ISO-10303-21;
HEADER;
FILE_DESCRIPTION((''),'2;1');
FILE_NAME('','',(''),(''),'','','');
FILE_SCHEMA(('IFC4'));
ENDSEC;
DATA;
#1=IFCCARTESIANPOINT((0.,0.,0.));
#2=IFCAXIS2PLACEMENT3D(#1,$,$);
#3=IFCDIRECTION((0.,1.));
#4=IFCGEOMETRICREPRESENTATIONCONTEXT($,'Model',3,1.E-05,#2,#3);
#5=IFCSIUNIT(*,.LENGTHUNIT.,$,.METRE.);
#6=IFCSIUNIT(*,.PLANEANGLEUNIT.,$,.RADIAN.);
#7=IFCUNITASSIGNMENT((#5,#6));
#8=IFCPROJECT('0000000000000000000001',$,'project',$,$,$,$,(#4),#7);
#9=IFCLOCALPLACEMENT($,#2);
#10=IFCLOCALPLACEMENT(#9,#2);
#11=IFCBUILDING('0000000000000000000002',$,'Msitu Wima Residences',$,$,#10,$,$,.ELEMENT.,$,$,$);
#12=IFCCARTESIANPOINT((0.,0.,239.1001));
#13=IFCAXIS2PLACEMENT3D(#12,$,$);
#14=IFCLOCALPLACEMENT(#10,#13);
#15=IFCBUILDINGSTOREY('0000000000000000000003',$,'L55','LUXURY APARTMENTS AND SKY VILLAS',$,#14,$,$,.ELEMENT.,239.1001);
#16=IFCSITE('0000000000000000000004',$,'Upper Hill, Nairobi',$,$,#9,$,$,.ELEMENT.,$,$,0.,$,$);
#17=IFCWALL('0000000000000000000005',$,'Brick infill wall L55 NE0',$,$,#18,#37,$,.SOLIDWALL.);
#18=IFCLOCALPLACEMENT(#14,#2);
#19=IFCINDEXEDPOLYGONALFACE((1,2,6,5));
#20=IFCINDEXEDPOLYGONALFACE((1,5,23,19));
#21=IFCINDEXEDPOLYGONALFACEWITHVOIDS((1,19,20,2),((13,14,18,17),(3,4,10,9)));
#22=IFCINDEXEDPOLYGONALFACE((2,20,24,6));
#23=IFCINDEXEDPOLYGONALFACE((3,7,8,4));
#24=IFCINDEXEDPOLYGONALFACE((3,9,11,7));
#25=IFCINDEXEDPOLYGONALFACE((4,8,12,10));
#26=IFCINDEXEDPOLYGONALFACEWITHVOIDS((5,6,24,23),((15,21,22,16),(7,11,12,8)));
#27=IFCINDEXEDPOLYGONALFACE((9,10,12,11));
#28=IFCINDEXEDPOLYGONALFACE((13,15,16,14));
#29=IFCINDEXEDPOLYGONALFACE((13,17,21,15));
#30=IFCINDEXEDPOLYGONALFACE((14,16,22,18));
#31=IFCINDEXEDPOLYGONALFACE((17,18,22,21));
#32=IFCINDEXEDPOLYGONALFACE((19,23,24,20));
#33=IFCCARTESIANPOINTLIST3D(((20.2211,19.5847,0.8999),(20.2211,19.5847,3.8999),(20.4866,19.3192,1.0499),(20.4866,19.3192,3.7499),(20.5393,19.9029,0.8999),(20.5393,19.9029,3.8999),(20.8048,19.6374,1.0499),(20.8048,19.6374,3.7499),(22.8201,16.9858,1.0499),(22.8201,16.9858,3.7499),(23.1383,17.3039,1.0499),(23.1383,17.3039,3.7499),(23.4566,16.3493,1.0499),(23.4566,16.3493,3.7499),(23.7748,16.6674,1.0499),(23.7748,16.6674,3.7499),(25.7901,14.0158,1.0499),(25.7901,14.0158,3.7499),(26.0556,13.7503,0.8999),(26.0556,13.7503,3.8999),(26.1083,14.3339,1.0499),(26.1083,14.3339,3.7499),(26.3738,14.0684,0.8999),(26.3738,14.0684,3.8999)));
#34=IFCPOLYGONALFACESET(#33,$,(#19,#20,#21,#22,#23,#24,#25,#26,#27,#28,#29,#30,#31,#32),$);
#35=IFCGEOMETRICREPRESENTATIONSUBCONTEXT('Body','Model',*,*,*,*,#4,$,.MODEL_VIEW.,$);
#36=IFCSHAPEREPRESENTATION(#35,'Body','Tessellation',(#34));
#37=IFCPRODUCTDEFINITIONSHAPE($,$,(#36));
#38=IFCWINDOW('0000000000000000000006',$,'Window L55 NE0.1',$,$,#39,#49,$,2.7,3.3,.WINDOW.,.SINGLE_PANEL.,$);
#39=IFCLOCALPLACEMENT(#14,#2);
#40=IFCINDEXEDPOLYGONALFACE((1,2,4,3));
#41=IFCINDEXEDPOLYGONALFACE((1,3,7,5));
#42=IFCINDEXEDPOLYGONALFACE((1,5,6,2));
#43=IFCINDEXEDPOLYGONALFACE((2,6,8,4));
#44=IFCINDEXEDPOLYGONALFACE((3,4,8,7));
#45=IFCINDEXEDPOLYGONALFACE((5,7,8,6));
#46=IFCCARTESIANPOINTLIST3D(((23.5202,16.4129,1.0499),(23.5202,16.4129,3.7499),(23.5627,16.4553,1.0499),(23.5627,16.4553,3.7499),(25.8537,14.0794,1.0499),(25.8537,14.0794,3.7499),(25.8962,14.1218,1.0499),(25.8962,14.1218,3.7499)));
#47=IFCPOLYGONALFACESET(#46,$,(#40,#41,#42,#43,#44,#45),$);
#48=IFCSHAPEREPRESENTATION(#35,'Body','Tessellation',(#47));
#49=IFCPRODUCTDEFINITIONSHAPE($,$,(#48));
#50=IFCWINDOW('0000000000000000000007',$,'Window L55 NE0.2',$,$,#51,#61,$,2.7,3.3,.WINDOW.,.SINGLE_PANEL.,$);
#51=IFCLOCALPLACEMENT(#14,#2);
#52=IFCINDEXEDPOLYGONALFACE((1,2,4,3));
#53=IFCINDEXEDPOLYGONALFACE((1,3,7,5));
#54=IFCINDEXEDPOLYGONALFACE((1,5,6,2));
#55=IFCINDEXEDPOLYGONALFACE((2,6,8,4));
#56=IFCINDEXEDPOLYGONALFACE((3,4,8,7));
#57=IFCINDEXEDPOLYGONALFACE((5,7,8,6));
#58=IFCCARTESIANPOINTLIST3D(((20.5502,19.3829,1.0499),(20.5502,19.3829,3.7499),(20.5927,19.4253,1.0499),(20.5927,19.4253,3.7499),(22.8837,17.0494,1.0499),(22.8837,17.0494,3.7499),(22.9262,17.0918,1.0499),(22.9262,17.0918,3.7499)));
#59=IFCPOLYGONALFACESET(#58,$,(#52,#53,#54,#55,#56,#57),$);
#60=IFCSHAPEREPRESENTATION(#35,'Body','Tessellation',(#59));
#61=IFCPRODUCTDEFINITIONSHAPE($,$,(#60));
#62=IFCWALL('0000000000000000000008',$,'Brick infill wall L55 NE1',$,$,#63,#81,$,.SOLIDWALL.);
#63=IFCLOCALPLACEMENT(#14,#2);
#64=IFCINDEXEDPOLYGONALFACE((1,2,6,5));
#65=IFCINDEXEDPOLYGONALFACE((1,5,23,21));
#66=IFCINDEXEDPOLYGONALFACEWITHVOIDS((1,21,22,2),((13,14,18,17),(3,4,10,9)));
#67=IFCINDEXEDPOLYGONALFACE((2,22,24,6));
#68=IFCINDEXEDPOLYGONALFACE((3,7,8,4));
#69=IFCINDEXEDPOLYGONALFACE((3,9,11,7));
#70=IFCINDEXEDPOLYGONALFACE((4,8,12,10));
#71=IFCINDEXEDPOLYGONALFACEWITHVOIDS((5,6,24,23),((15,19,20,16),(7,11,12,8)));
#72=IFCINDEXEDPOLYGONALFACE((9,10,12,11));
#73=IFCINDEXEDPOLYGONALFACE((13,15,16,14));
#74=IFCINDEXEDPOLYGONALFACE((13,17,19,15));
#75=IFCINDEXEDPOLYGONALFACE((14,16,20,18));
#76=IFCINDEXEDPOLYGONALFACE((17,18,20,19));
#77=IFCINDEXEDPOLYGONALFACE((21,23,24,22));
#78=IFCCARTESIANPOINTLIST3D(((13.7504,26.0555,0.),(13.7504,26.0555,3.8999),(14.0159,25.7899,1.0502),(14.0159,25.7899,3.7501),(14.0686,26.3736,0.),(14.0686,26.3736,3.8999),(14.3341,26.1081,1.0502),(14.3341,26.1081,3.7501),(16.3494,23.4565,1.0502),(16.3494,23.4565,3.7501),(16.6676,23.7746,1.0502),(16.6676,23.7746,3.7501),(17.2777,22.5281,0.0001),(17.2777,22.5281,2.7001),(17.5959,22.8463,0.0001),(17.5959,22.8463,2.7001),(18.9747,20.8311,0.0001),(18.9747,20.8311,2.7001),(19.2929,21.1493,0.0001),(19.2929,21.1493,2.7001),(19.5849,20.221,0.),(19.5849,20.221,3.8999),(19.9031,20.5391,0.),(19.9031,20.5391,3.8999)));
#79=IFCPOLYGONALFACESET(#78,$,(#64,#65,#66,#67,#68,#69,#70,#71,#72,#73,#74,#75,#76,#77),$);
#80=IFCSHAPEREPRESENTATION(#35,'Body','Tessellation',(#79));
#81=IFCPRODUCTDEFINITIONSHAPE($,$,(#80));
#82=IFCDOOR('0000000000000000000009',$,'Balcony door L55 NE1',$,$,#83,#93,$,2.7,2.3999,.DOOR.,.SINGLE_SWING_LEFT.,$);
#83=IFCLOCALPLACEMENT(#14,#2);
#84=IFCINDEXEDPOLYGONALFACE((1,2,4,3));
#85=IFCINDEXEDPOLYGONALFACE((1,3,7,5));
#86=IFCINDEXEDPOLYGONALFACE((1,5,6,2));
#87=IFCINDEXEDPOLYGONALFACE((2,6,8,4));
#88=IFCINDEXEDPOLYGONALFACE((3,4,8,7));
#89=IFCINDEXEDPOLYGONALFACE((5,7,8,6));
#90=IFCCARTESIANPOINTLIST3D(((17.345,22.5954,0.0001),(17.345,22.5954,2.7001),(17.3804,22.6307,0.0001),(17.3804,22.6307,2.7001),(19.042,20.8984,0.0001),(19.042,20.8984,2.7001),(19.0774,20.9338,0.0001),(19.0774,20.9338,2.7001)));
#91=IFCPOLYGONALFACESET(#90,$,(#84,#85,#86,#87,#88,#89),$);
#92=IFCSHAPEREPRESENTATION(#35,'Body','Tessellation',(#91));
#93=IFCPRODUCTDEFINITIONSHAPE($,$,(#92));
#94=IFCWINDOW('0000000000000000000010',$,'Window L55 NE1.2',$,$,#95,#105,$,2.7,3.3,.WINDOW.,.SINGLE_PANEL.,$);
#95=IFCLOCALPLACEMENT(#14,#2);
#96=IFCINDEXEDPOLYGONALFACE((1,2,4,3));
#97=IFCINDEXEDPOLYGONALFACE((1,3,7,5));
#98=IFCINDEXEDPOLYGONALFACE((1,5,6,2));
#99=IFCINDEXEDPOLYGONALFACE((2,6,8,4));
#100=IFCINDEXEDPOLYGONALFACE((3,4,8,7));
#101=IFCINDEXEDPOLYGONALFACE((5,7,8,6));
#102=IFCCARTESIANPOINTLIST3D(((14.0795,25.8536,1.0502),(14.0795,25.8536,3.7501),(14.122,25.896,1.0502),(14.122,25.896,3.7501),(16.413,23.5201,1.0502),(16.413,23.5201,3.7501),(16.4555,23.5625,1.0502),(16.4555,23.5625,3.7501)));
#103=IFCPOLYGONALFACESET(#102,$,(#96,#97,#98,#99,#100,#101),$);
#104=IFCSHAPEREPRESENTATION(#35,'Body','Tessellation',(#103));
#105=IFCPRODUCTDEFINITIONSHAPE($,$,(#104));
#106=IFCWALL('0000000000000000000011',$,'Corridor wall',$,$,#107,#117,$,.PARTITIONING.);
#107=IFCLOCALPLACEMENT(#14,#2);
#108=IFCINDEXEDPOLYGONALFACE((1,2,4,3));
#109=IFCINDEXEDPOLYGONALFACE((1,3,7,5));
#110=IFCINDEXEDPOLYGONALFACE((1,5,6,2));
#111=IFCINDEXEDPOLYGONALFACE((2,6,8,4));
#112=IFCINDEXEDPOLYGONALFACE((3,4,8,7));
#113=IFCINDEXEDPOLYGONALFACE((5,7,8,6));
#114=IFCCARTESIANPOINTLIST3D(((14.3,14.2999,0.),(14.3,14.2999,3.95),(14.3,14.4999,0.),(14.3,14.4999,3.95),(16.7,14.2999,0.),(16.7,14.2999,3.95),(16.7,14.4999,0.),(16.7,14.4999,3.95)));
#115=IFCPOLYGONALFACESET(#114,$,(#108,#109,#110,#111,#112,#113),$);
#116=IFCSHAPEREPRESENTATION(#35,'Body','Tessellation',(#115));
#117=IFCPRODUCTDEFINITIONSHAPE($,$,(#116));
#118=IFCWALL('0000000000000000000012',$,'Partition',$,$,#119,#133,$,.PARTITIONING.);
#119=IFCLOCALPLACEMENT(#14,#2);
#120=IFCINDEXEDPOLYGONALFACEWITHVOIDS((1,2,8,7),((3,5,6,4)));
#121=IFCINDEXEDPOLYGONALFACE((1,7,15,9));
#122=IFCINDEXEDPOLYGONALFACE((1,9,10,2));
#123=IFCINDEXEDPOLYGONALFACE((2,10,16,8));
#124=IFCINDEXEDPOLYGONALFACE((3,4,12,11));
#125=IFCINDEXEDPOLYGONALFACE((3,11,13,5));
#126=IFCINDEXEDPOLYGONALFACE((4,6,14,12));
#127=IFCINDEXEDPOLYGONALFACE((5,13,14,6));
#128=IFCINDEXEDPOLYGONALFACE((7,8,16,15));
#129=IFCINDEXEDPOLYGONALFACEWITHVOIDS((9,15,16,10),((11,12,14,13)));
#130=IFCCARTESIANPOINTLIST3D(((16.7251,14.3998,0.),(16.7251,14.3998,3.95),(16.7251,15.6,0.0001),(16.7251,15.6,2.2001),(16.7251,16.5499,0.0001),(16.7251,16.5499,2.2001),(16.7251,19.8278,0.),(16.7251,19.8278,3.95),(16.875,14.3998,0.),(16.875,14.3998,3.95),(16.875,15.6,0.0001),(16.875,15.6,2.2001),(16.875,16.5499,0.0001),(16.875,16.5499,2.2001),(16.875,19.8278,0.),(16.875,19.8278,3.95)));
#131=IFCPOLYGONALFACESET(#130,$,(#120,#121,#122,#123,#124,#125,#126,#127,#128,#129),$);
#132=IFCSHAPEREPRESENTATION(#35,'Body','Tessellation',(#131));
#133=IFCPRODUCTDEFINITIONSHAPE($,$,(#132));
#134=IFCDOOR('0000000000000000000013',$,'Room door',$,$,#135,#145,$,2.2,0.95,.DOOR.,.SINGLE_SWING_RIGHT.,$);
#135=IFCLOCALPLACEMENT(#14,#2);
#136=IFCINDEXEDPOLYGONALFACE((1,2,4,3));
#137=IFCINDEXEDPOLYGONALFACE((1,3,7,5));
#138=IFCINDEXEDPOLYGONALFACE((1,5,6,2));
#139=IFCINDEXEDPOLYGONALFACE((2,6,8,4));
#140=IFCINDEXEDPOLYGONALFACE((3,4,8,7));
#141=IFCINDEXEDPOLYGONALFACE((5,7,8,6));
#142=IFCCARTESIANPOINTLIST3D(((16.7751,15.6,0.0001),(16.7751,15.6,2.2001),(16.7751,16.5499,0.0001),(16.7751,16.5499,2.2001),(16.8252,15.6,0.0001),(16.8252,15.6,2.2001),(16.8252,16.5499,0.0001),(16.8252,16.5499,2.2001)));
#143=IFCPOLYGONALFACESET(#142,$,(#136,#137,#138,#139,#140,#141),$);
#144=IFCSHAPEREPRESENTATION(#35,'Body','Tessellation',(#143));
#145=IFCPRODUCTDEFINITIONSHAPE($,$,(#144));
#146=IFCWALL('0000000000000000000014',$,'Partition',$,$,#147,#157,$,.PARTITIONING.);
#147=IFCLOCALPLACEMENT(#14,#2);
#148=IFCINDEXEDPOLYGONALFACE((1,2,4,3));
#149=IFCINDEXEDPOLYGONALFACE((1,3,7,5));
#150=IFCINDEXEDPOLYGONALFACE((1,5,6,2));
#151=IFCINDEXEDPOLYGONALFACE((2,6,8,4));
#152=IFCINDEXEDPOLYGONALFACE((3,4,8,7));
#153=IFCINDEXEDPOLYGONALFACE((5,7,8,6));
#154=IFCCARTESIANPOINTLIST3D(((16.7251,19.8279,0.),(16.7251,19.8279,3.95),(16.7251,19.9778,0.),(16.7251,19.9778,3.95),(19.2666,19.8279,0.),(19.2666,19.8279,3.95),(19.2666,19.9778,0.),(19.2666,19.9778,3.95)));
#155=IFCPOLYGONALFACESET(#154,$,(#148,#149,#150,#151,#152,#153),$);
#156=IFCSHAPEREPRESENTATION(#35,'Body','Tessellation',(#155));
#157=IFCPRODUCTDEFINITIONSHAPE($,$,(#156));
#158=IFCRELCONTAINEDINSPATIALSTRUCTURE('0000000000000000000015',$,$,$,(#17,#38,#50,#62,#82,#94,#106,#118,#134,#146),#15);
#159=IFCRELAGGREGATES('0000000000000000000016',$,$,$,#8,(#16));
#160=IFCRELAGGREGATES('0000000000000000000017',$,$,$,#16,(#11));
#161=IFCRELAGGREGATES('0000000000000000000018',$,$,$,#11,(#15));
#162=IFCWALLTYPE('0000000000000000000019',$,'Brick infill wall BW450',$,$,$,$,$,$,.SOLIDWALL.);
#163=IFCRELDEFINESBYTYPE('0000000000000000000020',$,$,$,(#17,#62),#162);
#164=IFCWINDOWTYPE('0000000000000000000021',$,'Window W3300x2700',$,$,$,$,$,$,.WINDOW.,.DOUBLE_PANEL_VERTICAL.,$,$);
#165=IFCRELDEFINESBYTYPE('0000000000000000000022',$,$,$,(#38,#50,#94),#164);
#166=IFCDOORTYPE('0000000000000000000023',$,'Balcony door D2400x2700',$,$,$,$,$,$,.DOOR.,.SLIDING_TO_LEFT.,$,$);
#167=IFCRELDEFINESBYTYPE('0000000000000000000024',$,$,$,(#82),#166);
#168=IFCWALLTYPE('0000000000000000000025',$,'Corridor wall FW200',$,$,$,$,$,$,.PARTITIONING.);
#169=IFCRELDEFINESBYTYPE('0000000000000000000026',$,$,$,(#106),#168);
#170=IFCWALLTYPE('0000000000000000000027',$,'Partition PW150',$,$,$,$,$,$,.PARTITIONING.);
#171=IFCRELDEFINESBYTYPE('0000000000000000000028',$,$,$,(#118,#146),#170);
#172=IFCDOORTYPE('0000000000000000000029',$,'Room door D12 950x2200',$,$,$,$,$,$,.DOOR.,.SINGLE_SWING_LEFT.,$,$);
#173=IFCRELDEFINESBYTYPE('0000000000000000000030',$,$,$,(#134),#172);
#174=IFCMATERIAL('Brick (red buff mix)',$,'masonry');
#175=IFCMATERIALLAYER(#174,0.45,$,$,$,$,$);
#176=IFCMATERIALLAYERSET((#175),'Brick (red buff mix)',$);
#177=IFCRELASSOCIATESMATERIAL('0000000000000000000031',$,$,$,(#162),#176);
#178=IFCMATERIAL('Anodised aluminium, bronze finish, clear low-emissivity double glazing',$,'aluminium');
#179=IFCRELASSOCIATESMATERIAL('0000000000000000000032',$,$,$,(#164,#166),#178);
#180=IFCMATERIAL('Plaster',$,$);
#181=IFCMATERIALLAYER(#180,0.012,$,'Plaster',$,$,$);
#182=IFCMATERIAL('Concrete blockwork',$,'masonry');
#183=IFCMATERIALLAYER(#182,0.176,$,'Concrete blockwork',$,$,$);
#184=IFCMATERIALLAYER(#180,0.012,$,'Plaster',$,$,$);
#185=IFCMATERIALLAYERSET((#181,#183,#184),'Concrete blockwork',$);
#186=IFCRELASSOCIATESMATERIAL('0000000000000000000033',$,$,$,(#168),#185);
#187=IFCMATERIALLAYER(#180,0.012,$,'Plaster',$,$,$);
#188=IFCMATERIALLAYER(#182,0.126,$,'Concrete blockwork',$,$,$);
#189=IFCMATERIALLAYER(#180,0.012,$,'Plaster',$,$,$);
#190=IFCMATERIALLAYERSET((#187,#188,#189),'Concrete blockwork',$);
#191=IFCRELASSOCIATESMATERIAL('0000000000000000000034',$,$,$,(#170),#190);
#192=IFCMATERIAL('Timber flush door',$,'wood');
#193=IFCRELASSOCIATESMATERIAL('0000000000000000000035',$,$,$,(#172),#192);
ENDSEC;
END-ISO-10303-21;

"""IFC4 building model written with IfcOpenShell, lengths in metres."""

from ifc_helpers import new_model, si_unit, direction, frame, frame_2d, origin, place, context, subcontext, project, spatial, rectangle, extrude, material, layer, layer_set, type_object, element, fill, save


model = new_model("IFC4")

# Units and contexts
model_context = context("Model", 3, precision=1e-05, world=origin(), true_north=direction((0.0, 1.0)))
body_context = subcontext(model_context, "Body", "Model", "MODEL_VIEW")
ifc_project = project(units=[si_unit("LENGTHUNIT", "METRE"), si_unit("PLANEANGLEUNIT", "RADIAN")], contexts=[model_context])

# Site, building, storey
site_placement = place(None, origin())
site = spatial("IfcSite", under=ifc_project, at=site_placement, Name="Upper Hill, Nairobi", CompositionType="ELEMENT", RefElevation=0.0)
building_placement = place(site_placement, origin())
building = spatial("IfcBuilding", under=site, at=building_placement, Name="Msitu Wima Residences", CompositionType="ELEMENT")
storey_placement = place(building_placement, frame((0.0, 0.0, 239.1001)))
storey = spatial("IfcBuildingStorey", under=building, at=storey_placement, Name="L55", Description="LUXURY APARTMENTS AND SKY VILLAS", CompositionType="ELEMENT", Elevation=239.1001)

# Wall, openings, windows
ifc_material_1 = material(Name="Brick (red buff mix)", Category="masonry")
ifc_layer_1 = layer(ifc_material_1, 0.45)
ifc_layer_set_1 = layer_set([ifc_layer_1], Name="Brick (red buff mix)")
wall_type_1 = type_object("IfcWallType", Name="Brick infill wall BW450", PredefinedType="SOLIDWALL", material=ifc_layer_set_1)
wall_1_placement = place(storey_placement, frame((26.2146, 13.9094, 0.8999), z_axis=(0.0, 0.0, 1.0), x_axis=(-0.707107, 0.707107, 0.0)))
wall_1 = element("IfcWall", 1, at=wall_1_placement, inside=storey, type_object=wall_type_1, Name="Brick infill wall L55 NE0", PredefinedType="SOLIDWALL", context=body_context, shape_type="SweptSolid", body=[
    extrude(rectangle(XDim=8.2512, YDim=0.45, at=frame_2d((4.1255, 0.0))), origin(), (0.0, 0.0, 1.0), 3.0),
])
opening_1_placement = place(wall_1_placement, frame((0.3755, 0.0, 0.1499)))
opening_1 = element("IfcOpeningElement", 2, at=opening_1_placement, cuts=wall_1, PredefinedType="OPENING", context=body_context, shape_type="SweptSolid", body=[
    extrude(rectangle(XDim=3.3, YDim=2.7, at=frame_2d((1.6499, 1.3501))), frame((0.0, 0.2349, 0.0), z_axis=(0.0, -1.0, 0.0), x_axis=(1.0, 0.0, 0.0)), (0.0, 0.0, 1.0), 0.47),
])
opening_2_placement = place(wall_1_placement, frame((4.5757, 0.0, 0.1499)))
opening_2 = element("IfcOpeningElement", 3, at=opening_2_placement, cuts=wall_1, PredefinedType="OPENING", context=body_context, shape_type="SweptSolid", body=[
    extrude(rectangle(XDim=3.3, YDim=2.7, at=frame_2d((1.6499, 1.3501))), frame((0.0, 0.2349, 0.0), z_axis=(0.0, -1.0, 0.0), x_axis=(1.0, 0.0, 0.0)), (0.0, 0.0, 1.0), 0.47),
])
ifc_material_2 = material(Name="Anodised aluminium, bronze finish, clear low-emissivity double glazing", Category="aluminium")
window_type = type_object("IfcWindowType", Name="Window W3300x2700", PartitioningType="DOUBLE_PANEL_VERTICAL", PredefinedType="WINDOW", material=ifc_material_2)
window_1_placement = place(opening_1_placement, origin())
window_1 = element("IfcWindow", 4, at=window_1_placement, inside=storey, type_object=window_type, Name="Window L55 NE0.1", OverallHeight=2.7, OverallWidth=3.3, PartitioningType="SINGLE_PANEL", PredefinedType="WINDOW", context=body_context, shape_type="SweptSolid", body=[
    extrude(rectangle(XDim=3.3, YDim=2.7, at=frame_2d((1.6499, 1.3501))), frame((0.0, 0.135, 0.0), z_axis=(0.0, -1.0, 0.0), x_axis=(1.0, 0.0, 0.0)), (0.0, 0.0, 1.0), 0.0601),
])
fill(opening_1, window_1)
window_2_placement = place(opening_2_placement, origin())
window_2 = element("IfcWindow", 5, at=window_2_placement, inside=storey, type_object=window_type, Name="Window L55 NE0.2", OverallHeight=2.7, OverallWidth=3.3, PartitioningType="SINGLE_PANEL", PredefinedType="WINDOW", context=body_context, shape_type="SweptSolid", body=[
    extrude(rectangle(XDim=3.3, YDim=2.7, at=frame_2d((1.6499, 1.3501))), frame((0.0, 0.135, 0.0), z_axis=(0.0, -1.0, 0.0), x_axis=(1.0, 0.0, 0.0)), (0.0, 0.0, 1.0), 0.0601),
])
fill(opening_2, window_2)

# Wall, openings, door, window
wall_2_placement = place(storey_placement, frame((19.7439, 20.3801, 0.0), z_axis=(0.0, 0.0, 1.0), x_axis=(-0.707107, 0.707107, 0.0)))
wall_2 = element("IfcWall", 6, at=wall_2_placement, inside=storey, type_object=wall_type_1, Name="Brick infill wall L55 NE1", PredefinedType="SOLIDWALL", context=body_context, shape_type="SweptSolid", body=[
    extrude(rectangle(XDim=8.2512, YDim=0.45, at=frame_2d((4.1255, 0.0))), origin(), (0.0, 0.0, 1.0), 3.8999),
])
opening_3_placement = place(wall_2_placement, frame((0.8628, 0.0, 0.0)))
opening_3 = element("IfcOpeningElement", 7, at=opening_3_placement, cuts=wall_2, PredefinedType="OPENING", context=body_context, shape_type="SweptSolid", body=[
    extrude(rectangle(XDim=2.3999, YDim=2.7, at=frame_2d((1.2, 1.3501))), frame((0.0, 0.2349, 0.0), z_axis=(0.0, -1.0, 0.0), x_axis=(1.0, 0.0, 0.0)), (0.0, 0.0, 1.0), 0.47),
])
opening_4_placement = place(wall_2_placement, frame((4.5757, 0.0, 1.05)))
opening_4 = element("IfcOpeningElement", 8, at=opening_4_placement, cuts=wall_2, PredefinedType="OPENING", context=body_context, shape_type="SweptSolid", body=[
    extrude(rectangle(XDim=3.3, YDim=2.7, at=frame_2d((1.6499, 1.3501))), frame((0.0, 0.2349, 0.0), z_axis=(0.0, -1.0, 0.0), x_axis=(1.0, 0.0, 0.0)), (0.0, 0.0, 1.0), 0.47),
])
door_type_1 = type_object("IfcDoorType", Name="Balcony door D2400x2700", OperationType="SLIDING_TO_LEFT", PredefinedType="DOOR", material=ifc_material_2)
door_1_placement = place(opening_3_placement, origin())
door_1 = element("IfcDoor", 9, at=door_1_placement, inside=storey, type_object=door_type_1, Name="Balcony door L55 NE1", OperationType="SINGLE_SWING_LEFT", OverallHeight=2.7, OverallWidth=2.3999, PredefinedType="DOOR", context=body_context, shape_type="SweptSolid", body=[
    extrude(rectangle(XDim=2.3999, YDim=2.7, at=frame_2d((1.2, 1.3501))), frame((0.0, 0.1299, 0.0), z_axis=(0.0, -1.0, 0.0), x_axis=(1.0, 0.0, 0.0)), (0.0, 0.0, 1.0), 0.05),
])
fill(opening_3, door_1)
window_3_placement = place(opening_4_placement, origin())
window_3 = element("IfcWindow", 10, at=window_3_placement, inside=storey, type_object=window_type, Name="Window L55 NE1.2", OverallHeight=2.7, OverallWidth=3.3, PartitioningType="SINGLE_PANEL", PredefinedType="WINDOW", context=body_context, shape_type="SweptSolid", body=[
    extrude(rectangle(XDim=3.3, YDim=2.7, at=frame_2d((1.6499, 1.3501))), frame((0.0, 0.135, 0.0), z_axis=(0.0, -1.0, 0.0), x_axis=(1.0, 0.0, 0.0)), (0.0, 0.0, 1.0), 0.0601),
])
fill(opening_4, window_3)

# Wall
ifc_material_3 = material(Name="Plaster")
ifc_layer_2 = layer(ifc_material_3, 0.012, Name="Plaster")
ifc_material_4 = material(Name="Concrete blockwork", Category="masonry")
ifc_layer_3 = layer(ifc_material_4, 0.176, Name="Concrete blockwork")
ifc_layer_4 = layer(ifc_material_3, 0.012, Name="Plaster")
ifc_layer_set_2 = layer_set([ifc_layer_2, ifc_layer_3, ifc_layer_4], Name="Concrete blockwork")
wall_type_2 = type_object("IfcWallType", Name="Corridor wall FW200", PredefinedType="PARTITIONING", material=ifc_layer_set_2)
wall_3_placement = place(storey_placement, frame((14.3, 14.3999, 0.0), z_axis=(0.0, 0.0, 1.0), x_axis=(1.0, 0.0, 0.0)))
element("IfcWall", 11, at=wall_3_placement, inside=storey, type_object=wall_type_2, Name="Corridor wall", PredefinedType="PARTITIONING", context=body_context, shape_type="SweptSolid", body=[
    extrude(rectangle(XDim=2.3999, YDim=0.2, at=frame_2d((1.2, 0.0))), origin(), (0.0, 0.0, 1.0), 3.95),
])

# Wall, opening, door
ifc_layer_5 = layer(ifc_material_3, 0.012, Name="Plaster")
ifc_layer_6 = layer(ifc_material_4, 0.126, Name="Concrete blockwork")
ifc_layer_7 = layer(ifc_material_3, 0.012, Name="Plaster")
ifc_layer_set_3 = layer_set([ifc_layer_5, ifc_layer_6, ifc_layer_7], Name="Concrete blockwork")
wall_type_3 = type_object("IfcWallType", Name="Partition PW150", PredefinedType="PARTITIONING", material=ifc_layer_set_3)
wall_4_placement = place(storey_placement, frame((16.8, 14.3999, 0.0), z_axis=(0.0, 0.0, 1.0), x_axis=(0.0, 1.0, 0.0)))
wall_4 = element("IfcWall", 12, at=wall_4_placement, inside=storey, type_object=wall_type_3, Name="Partition", PredefinedType="PARTITIONING", context=body_context, shape_type="SweptSolid", body=[
    extrude(rectangle(XDim=5.428, YDim=0.1499, at=frame_2d((2.7139, 0.0))), origin(), (0.0, 0.0, 1.0), 3.95),
])
opening_5_placement = place(wall_4_placement, frame((1.2, 0.0, 0.0)))
opening_5 = element("IfcOpeningElement", 13, at=opening_5_placement, cuts=wall_4, PredefinedType="OPENING", context=body_context, shape_type="SweptSolid", body=[
    extrude(rectangle(XDim=0.95, YDim=2.2, at=frame_2d((0.4751, 1.1001))), frame((0.0, 0.085, 0.0), z_axis=(0.0, -1.0, 0.0), x_axis=(1.0, 0.0, 0.0)), (0.0, 0.0, 1.0), 0.1699),
])
ifc_material_5 = material(Name="Timber flush door", Category="wood")
door_type_2 = type_object("IfcDoorType", Name="Room door D12 950x2200", OperationType="SINGLE_SWING_LEFT", PredefinedType="DOOR", material=ifc_material_5)
door_2_placement = place(opening_5_placement, origin())
door_2 = element("IfcDoor", 14, at=door_2_placement, inside=storey, type_object=door_type_2, Name="Room door", OperationType="SINGLE_SWING_RIGHT", OverallHeight=2.2, OverallWidth=0.95, PredefinedType="DOOR", context=body_context, shape_type="SweptSolid", body=[
    extrude(rectangle(XDim=0.95, YDim=2.2, at=frame_2d((0.4751, 1.1001))), frame((0.0, 0.0249, 0.0), z_axis=(0.0, -1.0, 0.0), x_axis=(1.0, 0.0, 0.0)), (0.0, 0.0, 1.0), 0.05),
])
fill(opening_5, door_2)

# Wall
wall_5_placement = place(storey_placement, frame((16.7251, 19.9028, 0.0), z_axis=(0.0, 0.0, 1.0), x_axis=(1.0, 0.0, 0.0)))
element("IfcWall", 15, at=wall_5_placement, inside=storey, type_object=wall_type_3, Name="Partition", PredefinedType="PARTITIONING", context=body_context, shape_type="SweptSolid", body=[
    extrude(rectangle(XDim=2.5415, YDim=0.1499, at=frame_2d((1.2708, 0.0))), origin(), (0.0, 0.0, 1.0), 3.95),
])

save(model, "model.ifc")
